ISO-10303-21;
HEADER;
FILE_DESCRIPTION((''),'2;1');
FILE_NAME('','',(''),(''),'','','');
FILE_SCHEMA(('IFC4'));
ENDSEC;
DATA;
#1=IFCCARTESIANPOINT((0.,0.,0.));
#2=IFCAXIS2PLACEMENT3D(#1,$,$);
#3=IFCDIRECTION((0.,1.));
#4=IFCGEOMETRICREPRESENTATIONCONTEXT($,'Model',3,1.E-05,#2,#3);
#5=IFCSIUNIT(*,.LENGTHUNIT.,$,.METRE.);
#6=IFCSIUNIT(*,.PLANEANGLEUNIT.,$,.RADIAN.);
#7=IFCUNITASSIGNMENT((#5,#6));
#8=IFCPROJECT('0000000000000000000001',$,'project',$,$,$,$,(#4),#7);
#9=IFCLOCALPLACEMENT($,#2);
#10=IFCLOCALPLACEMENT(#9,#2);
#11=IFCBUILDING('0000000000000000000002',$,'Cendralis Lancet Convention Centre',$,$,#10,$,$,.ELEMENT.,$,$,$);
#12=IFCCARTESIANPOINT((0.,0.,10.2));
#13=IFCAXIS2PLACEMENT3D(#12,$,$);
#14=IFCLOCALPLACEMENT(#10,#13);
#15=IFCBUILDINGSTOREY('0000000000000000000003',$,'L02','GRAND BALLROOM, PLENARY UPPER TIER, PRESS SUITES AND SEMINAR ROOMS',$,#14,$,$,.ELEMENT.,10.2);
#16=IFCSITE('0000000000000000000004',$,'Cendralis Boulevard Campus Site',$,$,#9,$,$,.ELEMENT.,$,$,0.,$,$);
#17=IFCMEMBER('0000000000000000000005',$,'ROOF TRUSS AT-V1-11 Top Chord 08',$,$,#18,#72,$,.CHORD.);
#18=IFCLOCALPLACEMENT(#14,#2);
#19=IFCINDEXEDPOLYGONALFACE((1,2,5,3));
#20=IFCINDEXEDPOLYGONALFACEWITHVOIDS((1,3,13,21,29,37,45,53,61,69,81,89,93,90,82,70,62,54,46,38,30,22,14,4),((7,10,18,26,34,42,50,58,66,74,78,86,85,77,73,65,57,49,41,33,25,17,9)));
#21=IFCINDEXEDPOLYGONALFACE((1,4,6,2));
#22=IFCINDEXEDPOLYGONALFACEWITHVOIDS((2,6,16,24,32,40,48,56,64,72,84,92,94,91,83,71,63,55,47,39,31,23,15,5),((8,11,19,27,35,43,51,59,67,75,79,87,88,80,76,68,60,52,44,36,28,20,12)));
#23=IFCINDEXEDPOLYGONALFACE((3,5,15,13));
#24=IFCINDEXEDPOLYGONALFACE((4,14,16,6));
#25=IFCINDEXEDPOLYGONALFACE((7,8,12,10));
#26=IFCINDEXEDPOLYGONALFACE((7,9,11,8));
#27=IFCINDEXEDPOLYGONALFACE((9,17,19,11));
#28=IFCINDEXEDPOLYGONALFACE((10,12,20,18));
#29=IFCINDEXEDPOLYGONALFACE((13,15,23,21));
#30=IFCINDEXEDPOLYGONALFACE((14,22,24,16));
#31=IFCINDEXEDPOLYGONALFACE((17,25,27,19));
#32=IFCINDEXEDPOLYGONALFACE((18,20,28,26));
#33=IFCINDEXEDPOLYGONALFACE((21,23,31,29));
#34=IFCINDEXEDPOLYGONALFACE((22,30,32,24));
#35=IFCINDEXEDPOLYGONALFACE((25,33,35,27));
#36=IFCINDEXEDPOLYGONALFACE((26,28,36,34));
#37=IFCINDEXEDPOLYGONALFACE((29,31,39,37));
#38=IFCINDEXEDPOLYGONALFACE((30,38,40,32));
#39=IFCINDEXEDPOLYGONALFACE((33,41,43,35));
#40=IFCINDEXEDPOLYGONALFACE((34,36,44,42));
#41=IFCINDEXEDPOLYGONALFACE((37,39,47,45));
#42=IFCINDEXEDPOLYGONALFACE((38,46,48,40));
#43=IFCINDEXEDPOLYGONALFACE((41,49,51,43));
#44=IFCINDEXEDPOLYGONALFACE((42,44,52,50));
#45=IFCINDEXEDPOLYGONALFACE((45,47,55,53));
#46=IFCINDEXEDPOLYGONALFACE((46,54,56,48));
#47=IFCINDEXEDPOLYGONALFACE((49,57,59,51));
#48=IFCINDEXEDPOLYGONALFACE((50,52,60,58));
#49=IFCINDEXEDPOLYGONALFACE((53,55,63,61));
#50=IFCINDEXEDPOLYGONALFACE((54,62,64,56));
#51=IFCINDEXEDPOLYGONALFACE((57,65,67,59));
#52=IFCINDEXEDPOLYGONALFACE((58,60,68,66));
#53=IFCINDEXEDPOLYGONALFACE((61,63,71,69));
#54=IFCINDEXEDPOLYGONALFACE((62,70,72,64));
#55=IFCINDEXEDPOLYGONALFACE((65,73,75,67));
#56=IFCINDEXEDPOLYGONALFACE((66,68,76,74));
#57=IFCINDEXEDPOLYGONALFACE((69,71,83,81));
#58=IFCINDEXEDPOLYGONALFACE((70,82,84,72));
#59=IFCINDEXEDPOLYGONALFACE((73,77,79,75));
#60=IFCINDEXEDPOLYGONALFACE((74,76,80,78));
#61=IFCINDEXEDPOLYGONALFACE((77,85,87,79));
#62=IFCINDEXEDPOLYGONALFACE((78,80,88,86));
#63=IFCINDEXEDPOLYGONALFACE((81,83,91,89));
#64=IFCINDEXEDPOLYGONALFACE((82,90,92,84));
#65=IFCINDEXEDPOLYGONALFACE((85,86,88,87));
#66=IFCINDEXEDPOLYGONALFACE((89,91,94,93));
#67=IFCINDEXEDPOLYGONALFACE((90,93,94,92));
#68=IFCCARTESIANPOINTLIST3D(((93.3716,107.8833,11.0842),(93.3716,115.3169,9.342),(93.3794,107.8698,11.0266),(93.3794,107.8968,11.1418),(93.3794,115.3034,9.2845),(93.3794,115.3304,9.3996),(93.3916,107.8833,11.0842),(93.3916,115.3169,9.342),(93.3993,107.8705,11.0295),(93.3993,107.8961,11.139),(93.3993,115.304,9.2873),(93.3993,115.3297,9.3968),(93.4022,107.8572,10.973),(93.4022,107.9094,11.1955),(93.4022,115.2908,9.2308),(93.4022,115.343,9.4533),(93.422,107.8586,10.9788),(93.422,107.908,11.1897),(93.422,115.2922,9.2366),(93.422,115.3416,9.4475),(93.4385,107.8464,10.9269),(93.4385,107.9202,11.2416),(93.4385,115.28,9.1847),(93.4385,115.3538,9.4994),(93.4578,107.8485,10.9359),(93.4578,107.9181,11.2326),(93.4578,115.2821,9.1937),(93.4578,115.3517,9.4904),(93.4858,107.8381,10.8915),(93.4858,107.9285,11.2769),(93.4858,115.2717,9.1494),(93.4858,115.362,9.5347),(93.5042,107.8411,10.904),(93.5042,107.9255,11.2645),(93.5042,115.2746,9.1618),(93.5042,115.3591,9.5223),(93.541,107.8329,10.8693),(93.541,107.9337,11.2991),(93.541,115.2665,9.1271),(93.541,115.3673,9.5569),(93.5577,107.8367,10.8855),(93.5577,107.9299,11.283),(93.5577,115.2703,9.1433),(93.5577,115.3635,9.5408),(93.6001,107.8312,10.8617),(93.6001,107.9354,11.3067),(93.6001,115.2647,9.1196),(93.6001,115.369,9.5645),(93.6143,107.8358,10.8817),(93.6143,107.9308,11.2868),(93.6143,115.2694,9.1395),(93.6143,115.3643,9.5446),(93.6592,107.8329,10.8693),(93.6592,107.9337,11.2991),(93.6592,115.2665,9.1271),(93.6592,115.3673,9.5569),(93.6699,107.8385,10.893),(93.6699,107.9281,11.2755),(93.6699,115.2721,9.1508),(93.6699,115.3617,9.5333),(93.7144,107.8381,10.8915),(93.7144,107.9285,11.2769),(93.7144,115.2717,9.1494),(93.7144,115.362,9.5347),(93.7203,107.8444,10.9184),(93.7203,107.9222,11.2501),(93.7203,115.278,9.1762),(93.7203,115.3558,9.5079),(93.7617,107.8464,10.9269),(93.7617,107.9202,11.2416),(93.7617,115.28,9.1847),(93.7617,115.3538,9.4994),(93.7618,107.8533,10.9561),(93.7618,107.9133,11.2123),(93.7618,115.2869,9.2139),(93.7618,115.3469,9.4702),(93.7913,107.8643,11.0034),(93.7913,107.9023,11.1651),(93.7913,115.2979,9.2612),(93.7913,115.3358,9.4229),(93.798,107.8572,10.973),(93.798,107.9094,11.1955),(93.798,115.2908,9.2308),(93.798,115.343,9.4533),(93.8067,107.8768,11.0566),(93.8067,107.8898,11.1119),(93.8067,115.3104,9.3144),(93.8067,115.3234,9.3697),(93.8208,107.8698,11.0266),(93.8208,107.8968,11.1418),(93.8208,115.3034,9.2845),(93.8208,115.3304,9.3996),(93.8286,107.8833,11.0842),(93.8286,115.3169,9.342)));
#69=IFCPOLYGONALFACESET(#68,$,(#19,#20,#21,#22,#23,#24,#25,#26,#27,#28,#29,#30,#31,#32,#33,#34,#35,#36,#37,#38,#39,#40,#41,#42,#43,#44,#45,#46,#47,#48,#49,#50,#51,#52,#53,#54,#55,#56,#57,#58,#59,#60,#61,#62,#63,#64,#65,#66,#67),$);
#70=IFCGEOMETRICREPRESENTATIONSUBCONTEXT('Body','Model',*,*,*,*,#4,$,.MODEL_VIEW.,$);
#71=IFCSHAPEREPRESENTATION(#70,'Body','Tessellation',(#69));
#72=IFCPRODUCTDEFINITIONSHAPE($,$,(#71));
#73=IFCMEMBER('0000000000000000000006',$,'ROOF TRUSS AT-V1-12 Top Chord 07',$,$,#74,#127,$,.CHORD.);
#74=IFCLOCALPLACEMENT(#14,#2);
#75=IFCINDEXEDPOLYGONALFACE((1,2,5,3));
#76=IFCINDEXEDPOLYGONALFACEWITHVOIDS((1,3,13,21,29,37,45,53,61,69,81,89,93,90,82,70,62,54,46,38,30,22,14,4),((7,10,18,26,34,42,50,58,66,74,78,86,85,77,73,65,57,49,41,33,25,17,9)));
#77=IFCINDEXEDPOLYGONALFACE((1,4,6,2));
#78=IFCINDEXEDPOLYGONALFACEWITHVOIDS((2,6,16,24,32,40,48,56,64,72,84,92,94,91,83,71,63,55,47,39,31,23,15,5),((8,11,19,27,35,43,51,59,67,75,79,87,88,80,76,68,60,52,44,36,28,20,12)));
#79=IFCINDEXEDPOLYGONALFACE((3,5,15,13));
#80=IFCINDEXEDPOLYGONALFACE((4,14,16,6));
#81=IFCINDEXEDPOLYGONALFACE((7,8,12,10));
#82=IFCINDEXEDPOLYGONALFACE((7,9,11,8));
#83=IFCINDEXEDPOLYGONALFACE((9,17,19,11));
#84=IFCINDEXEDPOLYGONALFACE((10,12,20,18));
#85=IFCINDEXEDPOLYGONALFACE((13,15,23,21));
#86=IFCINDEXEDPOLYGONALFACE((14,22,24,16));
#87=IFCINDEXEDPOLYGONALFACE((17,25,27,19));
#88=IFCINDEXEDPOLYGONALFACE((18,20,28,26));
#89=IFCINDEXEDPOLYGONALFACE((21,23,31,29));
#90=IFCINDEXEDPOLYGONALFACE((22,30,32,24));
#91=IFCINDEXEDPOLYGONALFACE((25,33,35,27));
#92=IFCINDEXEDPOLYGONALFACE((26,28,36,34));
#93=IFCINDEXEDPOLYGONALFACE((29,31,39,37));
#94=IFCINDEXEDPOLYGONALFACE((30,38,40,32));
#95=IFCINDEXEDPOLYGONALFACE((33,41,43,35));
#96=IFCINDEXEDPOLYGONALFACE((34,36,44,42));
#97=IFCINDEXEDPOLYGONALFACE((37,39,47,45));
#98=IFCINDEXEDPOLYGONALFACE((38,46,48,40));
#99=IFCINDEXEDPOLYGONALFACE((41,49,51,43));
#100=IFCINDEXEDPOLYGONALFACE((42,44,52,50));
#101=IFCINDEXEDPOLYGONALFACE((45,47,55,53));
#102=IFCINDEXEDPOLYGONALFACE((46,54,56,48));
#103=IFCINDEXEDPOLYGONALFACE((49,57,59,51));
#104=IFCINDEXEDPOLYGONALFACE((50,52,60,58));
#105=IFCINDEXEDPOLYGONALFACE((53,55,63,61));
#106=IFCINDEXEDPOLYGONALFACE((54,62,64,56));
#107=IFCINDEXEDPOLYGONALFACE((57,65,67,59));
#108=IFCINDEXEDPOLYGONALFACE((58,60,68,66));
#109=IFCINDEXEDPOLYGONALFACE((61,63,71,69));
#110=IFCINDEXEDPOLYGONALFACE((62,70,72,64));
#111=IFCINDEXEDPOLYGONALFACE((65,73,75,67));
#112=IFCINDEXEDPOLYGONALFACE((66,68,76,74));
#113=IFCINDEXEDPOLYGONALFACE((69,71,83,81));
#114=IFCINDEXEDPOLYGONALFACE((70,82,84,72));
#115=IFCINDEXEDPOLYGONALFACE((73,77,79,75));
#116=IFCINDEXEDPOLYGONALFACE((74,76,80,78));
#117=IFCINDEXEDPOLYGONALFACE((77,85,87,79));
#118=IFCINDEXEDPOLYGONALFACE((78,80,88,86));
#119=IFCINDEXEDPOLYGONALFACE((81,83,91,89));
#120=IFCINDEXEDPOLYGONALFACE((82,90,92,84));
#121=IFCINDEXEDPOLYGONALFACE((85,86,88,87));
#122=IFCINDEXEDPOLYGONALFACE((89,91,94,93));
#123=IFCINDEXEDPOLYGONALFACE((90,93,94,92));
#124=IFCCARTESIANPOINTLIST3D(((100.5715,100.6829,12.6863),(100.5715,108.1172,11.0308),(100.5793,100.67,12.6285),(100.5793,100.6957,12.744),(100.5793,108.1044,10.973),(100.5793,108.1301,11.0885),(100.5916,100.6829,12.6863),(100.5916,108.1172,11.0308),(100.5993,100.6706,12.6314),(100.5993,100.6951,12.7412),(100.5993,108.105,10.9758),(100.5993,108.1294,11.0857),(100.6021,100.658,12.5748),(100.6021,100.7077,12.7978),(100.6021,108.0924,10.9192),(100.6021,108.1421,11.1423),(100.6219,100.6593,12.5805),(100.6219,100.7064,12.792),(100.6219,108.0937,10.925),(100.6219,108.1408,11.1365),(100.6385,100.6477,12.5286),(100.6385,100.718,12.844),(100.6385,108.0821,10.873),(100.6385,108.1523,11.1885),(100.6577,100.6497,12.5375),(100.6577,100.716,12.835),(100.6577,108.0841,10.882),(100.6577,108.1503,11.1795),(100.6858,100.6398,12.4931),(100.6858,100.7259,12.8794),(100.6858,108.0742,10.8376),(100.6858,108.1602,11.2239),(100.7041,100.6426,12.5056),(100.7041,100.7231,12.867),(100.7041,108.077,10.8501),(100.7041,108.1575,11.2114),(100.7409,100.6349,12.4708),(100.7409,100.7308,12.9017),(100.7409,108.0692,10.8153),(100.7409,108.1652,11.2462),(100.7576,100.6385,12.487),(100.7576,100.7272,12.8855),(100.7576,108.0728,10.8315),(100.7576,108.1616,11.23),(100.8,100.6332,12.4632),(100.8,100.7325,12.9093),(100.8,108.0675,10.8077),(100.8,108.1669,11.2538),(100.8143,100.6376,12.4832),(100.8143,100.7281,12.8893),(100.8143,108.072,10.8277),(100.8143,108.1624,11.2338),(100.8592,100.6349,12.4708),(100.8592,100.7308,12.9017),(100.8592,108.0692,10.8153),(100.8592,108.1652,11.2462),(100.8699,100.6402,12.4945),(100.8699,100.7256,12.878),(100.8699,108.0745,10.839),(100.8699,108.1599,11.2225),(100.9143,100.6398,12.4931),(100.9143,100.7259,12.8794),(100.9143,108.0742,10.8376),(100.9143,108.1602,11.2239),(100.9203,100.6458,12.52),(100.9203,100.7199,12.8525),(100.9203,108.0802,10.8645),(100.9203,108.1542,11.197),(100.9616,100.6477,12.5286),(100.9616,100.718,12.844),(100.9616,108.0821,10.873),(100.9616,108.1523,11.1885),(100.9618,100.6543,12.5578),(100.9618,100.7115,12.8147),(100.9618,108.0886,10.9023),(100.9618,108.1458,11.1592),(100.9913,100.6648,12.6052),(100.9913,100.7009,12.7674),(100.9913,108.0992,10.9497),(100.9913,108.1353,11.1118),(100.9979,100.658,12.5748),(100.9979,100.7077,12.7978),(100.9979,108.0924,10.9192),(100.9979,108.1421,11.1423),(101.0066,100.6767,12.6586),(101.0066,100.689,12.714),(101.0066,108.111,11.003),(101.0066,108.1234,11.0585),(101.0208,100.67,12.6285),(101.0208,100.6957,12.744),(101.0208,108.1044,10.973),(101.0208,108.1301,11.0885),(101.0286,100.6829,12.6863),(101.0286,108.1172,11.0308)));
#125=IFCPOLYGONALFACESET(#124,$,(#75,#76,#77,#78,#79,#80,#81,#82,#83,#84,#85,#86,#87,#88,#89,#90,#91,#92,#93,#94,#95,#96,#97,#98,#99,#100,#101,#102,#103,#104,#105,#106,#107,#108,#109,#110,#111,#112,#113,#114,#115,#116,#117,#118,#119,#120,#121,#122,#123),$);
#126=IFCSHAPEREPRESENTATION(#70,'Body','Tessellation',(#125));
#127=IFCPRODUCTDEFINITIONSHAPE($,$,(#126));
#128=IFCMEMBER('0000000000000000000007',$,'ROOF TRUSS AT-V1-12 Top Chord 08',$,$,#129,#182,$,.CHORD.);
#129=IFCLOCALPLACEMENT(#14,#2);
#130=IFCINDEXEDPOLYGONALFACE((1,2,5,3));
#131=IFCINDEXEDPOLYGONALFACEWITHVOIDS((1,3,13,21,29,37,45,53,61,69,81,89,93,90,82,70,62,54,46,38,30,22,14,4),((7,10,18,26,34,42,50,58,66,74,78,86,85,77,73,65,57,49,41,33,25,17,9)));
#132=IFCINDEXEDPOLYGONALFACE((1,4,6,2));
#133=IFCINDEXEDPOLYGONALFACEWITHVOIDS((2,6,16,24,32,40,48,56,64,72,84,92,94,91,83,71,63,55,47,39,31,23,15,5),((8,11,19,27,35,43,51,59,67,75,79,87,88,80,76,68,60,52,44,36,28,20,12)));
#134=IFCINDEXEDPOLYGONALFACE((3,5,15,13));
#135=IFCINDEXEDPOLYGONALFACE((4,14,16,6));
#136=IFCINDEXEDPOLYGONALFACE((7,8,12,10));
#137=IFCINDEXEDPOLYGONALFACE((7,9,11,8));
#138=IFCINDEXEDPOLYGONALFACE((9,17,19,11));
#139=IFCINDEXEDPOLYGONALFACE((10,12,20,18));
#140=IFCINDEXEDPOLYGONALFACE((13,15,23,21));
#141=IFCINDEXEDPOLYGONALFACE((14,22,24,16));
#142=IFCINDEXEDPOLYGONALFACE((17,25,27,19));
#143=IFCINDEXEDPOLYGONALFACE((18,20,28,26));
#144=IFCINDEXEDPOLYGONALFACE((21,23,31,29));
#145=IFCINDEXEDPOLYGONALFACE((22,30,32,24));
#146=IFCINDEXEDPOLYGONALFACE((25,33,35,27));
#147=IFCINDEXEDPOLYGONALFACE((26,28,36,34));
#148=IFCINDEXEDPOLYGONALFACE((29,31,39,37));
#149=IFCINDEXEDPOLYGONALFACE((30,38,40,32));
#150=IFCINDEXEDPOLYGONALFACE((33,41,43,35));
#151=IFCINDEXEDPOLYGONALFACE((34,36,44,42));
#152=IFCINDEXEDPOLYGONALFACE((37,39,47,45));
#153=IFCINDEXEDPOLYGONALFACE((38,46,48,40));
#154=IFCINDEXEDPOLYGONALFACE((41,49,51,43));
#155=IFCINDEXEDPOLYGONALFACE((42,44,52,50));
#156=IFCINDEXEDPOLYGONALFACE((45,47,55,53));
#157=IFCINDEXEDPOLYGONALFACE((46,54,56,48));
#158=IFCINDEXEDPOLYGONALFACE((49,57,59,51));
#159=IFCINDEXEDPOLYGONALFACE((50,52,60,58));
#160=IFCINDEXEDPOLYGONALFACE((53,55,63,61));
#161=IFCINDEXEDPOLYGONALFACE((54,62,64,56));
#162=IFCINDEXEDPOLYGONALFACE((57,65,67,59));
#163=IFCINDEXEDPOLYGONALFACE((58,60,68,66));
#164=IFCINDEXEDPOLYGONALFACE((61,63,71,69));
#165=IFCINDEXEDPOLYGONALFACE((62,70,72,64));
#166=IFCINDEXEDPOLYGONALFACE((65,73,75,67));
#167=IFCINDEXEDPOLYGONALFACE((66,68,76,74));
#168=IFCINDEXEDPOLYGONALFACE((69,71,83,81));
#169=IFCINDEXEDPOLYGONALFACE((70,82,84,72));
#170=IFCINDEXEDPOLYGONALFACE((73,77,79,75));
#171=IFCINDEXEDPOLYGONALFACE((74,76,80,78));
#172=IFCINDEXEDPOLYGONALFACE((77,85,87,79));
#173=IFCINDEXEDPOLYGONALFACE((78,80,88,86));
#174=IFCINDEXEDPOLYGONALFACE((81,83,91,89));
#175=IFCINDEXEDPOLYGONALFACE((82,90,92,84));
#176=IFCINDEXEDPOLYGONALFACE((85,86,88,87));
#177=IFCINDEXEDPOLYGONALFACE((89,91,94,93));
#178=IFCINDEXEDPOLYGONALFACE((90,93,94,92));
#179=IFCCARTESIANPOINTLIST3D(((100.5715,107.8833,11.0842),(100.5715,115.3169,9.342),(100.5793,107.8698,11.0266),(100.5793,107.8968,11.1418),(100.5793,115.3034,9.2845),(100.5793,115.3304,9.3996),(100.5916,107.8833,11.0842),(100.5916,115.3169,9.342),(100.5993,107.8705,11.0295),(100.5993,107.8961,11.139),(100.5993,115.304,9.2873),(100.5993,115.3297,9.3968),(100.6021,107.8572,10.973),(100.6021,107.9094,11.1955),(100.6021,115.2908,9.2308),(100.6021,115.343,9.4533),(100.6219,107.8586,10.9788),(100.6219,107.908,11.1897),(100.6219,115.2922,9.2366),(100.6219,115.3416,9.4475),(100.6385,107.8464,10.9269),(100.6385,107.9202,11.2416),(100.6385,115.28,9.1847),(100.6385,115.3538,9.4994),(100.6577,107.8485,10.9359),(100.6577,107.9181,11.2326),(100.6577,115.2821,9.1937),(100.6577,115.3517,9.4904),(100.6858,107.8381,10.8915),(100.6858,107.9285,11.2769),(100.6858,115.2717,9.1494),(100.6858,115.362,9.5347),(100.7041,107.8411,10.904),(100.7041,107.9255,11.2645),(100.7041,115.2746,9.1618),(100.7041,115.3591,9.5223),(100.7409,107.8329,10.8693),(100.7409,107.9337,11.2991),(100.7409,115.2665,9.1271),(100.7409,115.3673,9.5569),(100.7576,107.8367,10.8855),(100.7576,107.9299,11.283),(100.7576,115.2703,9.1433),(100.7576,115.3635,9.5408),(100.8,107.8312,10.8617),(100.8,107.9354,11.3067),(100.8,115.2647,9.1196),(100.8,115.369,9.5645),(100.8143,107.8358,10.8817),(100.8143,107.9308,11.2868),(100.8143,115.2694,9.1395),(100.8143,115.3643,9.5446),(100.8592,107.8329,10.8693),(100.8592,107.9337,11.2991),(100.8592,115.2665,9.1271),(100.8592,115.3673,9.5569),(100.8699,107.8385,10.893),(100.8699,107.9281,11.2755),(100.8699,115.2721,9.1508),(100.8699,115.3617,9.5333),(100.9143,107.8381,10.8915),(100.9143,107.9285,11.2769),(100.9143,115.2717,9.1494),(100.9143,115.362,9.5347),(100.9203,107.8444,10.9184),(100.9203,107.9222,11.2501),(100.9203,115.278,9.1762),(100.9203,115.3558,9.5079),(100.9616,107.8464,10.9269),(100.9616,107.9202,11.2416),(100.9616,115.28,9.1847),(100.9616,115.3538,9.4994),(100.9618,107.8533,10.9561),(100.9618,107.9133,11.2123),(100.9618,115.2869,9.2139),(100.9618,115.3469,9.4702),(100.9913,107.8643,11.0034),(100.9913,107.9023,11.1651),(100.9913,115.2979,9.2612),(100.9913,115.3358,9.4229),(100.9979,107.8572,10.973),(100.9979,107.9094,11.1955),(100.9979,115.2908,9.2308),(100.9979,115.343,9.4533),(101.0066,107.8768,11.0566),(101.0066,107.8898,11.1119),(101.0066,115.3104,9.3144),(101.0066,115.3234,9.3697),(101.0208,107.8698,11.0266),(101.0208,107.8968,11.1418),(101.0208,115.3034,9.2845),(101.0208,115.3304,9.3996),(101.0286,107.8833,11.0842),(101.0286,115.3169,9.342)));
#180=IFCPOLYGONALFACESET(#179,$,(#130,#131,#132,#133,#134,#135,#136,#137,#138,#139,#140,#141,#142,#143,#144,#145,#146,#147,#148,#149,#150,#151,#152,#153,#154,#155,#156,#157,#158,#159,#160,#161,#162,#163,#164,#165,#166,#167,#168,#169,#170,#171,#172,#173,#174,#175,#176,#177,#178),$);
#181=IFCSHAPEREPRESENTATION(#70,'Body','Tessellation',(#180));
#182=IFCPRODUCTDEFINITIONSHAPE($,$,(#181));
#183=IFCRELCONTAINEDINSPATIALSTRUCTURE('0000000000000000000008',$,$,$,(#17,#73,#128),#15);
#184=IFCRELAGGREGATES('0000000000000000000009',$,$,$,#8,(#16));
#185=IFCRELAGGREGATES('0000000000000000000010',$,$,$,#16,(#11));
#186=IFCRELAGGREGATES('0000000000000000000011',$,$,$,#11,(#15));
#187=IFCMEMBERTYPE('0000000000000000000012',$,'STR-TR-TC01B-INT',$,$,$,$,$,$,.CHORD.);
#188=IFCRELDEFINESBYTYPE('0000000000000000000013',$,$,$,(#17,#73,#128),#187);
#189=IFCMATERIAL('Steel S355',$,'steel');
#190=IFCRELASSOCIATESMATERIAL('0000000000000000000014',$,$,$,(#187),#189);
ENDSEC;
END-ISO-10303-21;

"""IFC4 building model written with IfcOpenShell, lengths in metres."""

from ifc_helpers import new_model, si_unit, direction, frame, origin, origin_2d, place, context, subcontext, project, spatial, hollow_circle, extrude, material, material_profile, profile_set, type_object, element, save


model = new_model("IFC4")

# Units and contexts
model_context = context("Model", 3, precision=1e-05, world=origin(), true_north=direction((0.0, 1.0)))
body_context = subcontext(model_context, "Body", "Model", "MODEL_VIEW")
ifc_project = project(units=[si_unit("LENGTHUNIT", "METRE"), si_unit("PLANEANGLEUNIT", "RADIAN")], contexts=[model_context])

# Site, building, storey
site_placement = place(None, origin())
site = spatial("IfcSite", under=ifc_project, at=site_placement, Name="Cendralis Boulevard Campus Site", CompositionType="ELEMENT", RefElevation=0.0)
building_placement = place(site_placement, origin())
building = spatial("IfcBuilding", under=site, at=building_placement, Name="Cendralis Lancet Convention Centre", CompositionType="ELEMENT")
storey_placement = place(building_placement, frame((0.0, 0.0, 10.2)))
storey = spatial("IfcBuildingStorey", under=building, at=storey_placement, Name="L02", Description="GRAND BALLROOM, PLENARY UPPER TIER, PRESS SUITES AND SEMINAR ROOMS", CompositionType="ELEMENT", Elevation=10.2)

# Members
ifc_material = material(Name="Steel S355", Category="steel")
ifc_material_profile_1 = material_profile(ifc_material, hollow_circle(Radius=0.2285, WallThickness=0.02, at=origin_2d()), Name="CHS 457.0x20.0")
ifc_profile_set_1 = profile_set([ifc_material_profile_1], Name="Steel S355")
member_type_1 = type_object("IfcMemberType", Name="STR-TR-TC01B-INT", PredefinedType="CHORD", material=ifc_profile_set_1)
member_1_placement = place(storey_placement, frame((93.6001, 107.8833, 11.0842), z_axis=(0.0, 0.973618, -0.228184), x_axis=(-1.0, 0.0, 0.0)))
element("IfcMember", 1, at=member_1_placement, inside=storey, type_object=member_type_1, Name="ROOF TRUSS AT-V1-11 Top Chord 08", PredefinedType="CHORD", context=body_context, shape_type="SweptSolid", body=[
    extrude(hollow_circle(Radius=0.2285, WallThickness=0.02, at=origin_2d()), origin(), (0.0, 0.0, 1.0), 7.635),
])
member_2_placement = place(storey_placement, frame((100.8, 100.6829, 12.6863), z_axis=(0.0, 0.976091, -0.217361), x_axis=(-1.0, 0.0, 0.0)))
element("IfcMember", 2, at=member_2_placement, inside=storey, type_object=member_type_1, Name="ROOF TRUSS AT-V1-12 Top Chord 07", PredefinedType="CHORD", context=body_context, shape_type="SweptSolid", body=[
    extrude(hollow_circle(Radius=0.2285, WallThickness=0.02, at=origin_2d()), origin(), (0.0, 0.0, 1.0), 7.6165),
])
member_3_placement = place(storey_placement, frame((100.8, 107.8833, 11.0842), z_axis=(0.0, 0.973618, -0.228184), x_axis=(-1.0, 0.0, 0.0)))
element("IfcMember", 3, at=member_3_placement, inside=storey, type_object=member_type_1, Name="ROOF TRUSS AT-V1-12 Top Chord 08", PredefinedType="CHORD", context=body_context, shape_type="SweptSolid", body=[
    extrude(hollow_circle(Radius=0.2285, WallThickness=0.02, at=origin_2d()), origin(), (0.0, 0.0, 1.0), 7.635),
])

save(model, "model.ifc")
